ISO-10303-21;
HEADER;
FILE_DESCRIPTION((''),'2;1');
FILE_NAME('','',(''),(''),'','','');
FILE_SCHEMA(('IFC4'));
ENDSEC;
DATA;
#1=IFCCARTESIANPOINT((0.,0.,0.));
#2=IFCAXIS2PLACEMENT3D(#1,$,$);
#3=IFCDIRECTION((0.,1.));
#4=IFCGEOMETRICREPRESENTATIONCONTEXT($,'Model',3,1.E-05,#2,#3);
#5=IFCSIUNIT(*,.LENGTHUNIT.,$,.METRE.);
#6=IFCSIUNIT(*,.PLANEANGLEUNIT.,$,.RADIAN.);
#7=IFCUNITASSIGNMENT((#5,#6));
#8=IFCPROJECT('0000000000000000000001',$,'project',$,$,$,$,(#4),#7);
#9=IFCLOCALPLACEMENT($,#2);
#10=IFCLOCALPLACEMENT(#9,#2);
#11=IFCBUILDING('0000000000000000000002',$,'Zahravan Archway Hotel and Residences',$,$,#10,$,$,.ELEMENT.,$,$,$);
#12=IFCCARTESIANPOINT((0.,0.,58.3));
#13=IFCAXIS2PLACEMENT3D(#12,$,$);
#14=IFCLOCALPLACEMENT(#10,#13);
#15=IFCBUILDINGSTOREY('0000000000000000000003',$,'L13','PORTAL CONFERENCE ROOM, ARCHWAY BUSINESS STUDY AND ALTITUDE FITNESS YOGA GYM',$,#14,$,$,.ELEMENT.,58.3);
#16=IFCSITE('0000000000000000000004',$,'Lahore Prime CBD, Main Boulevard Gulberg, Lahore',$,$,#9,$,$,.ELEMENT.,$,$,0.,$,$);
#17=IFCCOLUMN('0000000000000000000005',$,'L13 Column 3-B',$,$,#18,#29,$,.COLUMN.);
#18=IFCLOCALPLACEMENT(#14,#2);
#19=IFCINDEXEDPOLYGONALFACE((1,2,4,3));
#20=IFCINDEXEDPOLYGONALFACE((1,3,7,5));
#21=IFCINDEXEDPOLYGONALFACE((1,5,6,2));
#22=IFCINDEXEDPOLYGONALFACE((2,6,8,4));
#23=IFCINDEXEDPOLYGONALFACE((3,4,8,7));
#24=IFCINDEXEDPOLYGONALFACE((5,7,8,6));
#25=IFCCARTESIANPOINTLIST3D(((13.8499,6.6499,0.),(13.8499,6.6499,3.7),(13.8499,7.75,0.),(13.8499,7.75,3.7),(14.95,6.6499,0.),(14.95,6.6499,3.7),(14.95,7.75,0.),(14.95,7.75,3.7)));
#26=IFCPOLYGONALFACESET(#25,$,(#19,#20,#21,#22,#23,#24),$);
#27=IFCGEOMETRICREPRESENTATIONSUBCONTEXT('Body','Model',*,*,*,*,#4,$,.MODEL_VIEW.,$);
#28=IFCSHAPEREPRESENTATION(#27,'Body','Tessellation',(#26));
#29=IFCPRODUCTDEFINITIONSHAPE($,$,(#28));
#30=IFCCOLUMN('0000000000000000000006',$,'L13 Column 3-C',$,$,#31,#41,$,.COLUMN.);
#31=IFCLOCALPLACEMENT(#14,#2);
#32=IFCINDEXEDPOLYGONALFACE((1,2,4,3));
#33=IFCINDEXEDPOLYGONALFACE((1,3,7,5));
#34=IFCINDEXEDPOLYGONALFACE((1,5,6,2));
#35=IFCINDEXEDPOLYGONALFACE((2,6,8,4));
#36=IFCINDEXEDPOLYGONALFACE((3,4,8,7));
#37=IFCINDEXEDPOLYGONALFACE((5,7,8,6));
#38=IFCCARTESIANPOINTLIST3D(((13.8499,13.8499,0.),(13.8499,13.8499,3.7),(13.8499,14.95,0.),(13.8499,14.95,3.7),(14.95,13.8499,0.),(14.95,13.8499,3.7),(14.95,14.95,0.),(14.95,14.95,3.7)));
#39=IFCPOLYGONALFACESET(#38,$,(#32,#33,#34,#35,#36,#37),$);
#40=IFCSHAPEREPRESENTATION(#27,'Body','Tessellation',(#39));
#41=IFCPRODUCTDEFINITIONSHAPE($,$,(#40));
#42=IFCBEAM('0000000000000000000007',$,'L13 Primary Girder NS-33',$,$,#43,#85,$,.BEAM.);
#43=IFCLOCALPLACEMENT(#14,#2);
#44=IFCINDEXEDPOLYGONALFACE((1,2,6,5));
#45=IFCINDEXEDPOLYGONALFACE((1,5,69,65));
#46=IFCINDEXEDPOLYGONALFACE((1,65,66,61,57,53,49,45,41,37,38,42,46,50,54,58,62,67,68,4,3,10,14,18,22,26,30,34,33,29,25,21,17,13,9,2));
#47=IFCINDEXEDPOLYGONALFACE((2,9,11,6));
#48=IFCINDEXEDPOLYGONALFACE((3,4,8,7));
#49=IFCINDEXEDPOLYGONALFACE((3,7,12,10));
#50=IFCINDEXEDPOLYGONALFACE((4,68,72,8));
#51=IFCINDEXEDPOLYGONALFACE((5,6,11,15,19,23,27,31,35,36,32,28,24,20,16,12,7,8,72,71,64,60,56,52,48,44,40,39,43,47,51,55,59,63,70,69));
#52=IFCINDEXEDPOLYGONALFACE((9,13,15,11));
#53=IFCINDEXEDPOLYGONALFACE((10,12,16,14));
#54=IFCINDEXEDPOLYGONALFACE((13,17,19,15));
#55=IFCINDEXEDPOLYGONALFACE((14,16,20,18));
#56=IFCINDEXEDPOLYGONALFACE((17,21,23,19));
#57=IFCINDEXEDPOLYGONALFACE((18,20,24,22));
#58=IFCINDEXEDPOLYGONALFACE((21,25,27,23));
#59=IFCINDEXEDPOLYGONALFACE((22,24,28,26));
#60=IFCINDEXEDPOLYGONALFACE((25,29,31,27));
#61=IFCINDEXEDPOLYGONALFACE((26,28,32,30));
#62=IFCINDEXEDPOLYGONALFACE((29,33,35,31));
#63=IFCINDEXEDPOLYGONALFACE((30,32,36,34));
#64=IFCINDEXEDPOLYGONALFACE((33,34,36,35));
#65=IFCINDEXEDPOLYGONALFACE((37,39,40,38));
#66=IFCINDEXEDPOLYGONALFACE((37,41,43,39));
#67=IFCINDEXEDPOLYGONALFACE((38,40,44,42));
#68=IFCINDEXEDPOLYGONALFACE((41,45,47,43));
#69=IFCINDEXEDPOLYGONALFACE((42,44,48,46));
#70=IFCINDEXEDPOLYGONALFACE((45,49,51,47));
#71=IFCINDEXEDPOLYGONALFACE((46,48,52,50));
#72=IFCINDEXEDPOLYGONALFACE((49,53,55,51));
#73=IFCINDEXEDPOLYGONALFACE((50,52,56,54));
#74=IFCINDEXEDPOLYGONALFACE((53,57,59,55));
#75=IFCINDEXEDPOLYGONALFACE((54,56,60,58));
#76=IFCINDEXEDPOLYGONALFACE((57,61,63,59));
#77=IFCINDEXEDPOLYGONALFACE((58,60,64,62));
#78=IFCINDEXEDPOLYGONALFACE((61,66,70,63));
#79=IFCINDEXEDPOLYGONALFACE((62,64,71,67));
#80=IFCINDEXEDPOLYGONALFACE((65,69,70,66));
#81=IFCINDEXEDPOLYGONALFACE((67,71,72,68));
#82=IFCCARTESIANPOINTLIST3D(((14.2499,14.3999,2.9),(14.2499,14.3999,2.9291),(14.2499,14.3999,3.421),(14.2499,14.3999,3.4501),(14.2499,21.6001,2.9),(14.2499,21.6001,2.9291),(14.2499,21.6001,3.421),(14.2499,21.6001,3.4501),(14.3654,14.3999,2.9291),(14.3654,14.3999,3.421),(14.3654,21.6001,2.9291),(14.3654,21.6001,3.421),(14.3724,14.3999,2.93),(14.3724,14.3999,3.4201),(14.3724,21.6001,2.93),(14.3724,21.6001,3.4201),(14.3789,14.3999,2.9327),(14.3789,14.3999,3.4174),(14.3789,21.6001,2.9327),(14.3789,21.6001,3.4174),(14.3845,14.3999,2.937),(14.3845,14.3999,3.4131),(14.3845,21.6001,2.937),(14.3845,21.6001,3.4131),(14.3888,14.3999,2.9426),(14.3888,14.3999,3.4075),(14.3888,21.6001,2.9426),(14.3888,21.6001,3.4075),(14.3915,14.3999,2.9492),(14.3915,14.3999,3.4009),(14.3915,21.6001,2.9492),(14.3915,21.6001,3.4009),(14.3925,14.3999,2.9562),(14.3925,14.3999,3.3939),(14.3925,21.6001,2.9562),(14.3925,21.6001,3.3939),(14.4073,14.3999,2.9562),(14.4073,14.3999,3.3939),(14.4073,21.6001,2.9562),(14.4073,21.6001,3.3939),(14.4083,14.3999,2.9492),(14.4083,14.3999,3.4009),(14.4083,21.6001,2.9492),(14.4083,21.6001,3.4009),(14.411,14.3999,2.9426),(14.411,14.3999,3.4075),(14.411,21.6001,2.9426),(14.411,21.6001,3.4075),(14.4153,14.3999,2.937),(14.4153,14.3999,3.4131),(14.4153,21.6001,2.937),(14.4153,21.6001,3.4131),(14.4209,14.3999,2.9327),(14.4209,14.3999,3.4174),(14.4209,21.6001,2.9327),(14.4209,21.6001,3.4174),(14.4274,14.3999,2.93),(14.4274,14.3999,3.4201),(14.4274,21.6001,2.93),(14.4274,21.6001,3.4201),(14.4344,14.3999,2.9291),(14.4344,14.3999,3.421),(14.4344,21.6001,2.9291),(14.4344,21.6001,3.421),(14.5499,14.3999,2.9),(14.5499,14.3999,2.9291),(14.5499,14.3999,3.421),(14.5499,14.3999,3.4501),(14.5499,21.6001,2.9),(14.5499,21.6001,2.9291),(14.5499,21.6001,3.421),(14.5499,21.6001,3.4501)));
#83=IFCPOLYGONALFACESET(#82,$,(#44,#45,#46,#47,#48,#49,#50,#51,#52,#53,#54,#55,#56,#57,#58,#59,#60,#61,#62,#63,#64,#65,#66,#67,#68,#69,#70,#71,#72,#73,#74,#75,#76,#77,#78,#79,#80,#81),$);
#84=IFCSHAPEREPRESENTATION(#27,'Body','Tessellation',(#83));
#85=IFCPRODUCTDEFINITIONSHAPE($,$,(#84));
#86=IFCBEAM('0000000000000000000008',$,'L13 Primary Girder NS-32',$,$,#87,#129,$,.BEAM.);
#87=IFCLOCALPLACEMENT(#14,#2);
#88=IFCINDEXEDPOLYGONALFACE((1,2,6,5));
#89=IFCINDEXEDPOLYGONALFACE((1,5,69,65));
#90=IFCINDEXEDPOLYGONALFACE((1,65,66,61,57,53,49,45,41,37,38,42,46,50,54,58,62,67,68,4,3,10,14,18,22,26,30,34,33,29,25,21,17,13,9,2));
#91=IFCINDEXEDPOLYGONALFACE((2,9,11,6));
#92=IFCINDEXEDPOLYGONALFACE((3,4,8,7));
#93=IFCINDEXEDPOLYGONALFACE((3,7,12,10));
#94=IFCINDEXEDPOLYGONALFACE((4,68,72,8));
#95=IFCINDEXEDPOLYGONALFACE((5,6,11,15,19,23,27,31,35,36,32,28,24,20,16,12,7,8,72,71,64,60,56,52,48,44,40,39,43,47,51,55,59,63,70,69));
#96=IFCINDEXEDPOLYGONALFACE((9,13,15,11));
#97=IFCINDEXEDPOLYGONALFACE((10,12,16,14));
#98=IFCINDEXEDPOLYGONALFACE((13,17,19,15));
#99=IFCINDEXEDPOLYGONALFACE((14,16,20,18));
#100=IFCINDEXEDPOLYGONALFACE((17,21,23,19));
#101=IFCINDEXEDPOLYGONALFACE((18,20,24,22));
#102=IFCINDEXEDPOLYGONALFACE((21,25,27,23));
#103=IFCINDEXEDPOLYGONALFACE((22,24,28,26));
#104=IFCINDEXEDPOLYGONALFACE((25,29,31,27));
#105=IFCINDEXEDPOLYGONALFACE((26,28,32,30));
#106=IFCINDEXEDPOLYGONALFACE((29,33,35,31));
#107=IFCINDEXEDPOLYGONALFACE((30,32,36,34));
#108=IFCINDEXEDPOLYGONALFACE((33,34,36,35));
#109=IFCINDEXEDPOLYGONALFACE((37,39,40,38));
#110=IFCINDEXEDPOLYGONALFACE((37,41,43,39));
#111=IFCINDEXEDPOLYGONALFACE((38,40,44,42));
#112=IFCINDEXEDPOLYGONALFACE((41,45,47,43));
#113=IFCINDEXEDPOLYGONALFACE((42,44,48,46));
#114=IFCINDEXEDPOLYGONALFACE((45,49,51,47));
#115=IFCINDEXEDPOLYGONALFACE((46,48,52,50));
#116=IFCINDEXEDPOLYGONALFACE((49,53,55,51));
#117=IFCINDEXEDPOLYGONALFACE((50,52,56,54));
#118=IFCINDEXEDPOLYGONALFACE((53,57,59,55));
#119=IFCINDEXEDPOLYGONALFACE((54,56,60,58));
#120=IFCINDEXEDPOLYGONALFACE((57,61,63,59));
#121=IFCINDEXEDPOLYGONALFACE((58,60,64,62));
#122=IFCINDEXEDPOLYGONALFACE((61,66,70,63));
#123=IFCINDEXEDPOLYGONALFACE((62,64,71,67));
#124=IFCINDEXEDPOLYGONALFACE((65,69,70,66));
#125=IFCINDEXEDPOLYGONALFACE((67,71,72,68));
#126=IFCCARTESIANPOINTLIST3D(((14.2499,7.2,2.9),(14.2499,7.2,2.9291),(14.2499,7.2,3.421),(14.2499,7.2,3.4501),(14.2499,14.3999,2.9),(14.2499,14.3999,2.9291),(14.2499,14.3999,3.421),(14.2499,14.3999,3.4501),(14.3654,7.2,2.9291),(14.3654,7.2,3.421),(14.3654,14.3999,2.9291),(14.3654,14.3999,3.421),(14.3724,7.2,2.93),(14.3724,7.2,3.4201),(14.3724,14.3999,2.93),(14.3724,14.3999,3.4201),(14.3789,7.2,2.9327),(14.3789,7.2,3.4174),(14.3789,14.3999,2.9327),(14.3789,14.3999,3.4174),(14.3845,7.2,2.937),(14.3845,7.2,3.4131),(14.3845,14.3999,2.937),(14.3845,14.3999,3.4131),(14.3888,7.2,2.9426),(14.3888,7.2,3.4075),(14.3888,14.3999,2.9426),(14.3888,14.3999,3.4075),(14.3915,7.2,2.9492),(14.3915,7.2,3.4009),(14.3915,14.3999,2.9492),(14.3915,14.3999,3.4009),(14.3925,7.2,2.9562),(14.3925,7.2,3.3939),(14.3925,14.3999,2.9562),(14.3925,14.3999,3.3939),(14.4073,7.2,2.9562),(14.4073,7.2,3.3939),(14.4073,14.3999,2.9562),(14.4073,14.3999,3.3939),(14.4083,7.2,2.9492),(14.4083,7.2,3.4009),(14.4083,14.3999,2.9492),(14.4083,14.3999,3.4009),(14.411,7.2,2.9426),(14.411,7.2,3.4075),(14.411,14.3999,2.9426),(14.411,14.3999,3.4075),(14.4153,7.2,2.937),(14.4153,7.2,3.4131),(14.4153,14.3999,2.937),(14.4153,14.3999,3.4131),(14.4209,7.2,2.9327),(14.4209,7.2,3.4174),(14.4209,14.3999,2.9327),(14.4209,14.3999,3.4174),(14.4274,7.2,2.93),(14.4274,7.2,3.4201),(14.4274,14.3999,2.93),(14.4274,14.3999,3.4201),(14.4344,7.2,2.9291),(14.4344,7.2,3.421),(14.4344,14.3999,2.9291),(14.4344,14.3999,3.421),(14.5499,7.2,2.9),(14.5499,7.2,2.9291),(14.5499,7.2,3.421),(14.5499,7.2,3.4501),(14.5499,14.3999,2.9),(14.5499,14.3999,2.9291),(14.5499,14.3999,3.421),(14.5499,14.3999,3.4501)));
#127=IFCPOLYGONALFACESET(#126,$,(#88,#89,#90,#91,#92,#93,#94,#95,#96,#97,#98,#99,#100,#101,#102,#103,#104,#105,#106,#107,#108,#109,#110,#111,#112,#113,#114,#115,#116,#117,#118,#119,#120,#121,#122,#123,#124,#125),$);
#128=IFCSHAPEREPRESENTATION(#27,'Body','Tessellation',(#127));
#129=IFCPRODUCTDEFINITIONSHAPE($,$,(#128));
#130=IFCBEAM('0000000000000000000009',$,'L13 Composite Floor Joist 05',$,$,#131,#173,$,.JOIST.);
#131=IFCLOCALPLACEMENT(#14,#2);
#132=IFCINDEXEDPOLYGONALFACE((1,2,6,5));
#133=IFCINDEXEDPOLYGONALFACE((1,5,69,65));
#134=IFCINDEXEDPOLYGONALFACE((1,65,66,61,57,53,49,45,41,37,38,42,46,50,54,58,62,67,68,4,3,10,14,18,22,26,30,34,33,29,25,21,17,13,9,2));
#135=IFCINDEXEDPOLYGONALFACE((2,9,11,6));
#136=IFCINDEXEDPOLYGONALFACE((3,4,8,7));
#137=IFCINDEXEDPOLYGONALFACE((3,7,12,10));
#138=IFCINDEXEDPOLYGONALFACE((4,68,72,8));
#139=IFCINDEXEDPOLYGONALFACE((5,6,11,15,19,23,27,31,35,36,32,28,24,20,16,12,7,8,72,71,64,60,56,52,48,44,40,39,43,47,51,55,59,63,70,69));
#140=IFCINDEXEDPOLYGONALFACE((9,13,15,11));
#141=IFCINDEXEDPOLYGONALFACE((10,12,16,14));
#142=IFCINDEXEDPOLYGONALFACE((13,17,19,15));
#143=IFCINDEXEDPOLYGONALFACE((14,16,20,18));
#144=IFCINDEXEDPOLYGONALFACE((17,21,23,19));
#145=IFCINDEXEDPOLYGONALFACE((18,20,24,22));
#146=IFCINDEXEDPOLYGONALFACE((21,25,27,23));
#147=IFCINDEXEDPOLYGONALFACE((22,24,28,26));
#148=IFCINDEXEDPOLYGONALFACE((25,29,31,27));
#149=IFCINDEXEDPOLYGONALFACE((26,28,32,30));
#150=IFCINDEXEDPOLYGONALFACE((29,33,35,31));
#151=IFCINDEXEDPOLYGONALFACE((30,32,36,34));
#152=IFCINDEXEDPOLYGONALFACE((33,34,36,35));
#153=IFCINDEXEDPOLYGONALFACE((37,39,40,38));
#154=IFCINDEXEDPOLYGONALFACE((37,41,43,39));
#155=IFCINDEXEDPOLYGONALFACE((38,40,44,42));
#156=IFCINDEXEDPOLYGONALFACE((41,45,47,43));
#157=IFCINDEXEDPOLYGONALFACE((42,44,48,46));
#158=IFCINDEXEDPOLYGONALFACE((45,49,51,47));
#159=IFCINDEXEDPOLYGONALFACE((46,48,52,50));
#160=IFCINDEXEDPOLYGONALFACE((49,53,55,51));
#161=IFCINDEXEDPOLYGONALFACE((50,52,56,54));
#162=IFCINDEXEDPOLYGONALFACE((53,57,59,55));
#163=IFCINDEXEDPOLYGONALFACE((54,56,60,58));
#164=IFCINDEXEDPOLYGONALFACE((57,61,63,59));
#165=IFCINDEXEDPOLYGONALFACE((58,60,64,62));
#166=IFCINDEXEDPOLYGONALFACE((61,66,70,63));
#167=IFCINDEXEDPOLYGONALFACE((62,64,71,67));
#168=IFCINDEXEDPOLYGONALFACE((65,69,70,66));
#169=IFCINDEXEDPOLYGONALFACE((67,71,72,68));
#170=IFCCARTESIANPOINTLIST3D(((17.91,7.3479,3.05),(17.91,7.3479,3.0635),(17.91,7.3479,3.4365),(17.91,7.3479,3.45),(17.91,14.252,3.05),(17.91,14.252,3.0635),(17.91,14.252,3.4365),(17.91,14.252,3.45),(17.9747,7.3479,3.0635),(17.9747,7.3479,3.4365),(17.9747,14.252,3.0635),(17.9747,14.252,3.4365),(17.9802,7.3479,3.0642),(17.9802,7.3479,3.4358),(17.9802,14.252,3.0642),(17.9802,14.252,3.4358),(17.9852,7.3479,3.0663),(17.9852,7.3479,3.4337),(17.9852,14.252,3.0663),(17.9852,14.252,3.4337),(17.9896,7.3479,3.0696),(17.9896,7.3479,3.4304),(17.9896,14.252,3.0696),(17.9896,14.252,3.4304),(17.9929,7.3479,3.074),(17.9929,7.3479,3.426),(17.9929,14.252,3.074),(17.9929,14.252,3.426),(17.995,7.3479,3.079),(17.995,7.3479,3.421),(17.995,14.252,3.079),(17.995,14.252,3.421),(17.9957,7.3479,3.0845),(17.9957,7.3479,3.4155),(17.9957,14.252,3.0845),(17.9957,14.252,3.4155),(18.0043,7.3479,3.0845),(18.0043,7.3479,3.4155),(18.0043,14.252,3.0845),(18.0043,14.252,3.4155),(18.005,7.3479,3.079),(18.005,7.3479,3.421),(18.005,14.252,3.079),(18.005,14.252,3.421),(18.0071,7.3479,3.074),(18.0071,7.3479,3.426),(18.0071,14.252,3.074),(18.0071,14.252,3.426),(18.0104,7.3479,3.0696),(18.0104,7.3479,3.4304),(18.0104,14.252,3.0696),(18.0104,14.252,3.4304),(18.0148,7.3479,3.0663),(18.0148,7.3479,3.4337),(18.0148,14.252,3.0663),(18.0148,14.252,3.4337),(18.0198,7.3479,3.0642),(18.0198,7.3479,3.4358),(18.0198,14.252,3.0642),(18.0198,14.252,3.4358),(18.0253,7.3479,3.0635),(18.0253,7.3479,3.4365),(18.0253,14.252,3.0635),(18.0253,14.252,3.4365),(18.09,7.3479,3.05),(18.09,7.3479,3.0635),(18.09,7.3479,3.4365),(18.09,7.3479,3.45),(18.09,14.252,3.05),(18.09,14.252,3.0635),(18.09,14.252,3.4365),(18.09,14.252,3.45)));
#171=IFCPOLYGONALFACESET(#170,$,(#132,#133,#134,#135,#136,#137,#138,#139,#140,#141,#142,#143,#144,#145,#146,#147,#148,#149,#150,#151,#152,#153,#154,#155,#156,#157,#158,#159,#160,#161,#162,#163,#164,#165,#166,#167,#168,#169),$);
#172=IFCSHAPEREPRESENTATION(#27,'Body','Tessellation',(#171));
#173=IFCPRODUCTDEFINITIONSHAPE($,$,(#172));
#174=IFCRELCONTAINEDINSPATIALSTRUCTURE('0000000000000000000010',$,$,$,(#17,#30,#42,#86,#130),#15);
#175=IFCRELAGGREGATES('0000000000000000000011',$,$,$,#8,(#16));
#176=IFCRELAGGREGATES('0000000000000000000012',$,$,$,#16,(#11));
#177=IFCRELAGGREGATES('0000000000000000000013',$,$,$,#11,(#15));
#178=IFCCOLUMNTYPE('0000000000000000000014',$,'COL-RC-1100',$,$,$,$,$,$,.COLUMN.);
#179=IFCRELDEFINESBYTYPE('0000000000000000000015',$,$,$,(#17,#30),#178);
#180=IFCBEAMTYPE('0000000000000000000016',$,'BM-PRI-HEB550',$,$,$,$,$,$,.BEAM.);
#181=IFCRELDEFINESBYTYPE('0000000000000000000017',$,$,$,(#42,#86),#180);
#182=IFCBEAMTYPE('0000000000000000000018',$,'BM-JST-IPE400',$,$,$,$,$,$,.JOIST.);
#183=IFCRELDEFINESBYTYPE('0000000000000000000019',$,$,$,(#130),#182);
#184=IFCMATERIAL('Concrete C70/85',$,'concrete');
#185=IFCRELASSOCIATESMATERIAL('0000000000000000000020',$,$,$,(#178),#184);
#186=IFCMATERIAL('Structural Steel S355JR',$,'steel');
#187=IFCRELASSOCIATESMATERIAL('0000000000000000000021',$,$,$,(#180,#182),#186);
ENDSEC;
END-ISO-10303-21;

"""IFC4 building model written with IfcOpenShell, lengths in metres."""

from ifc_helpers import new_model, si_unit, direction, frame, origin, origin_2d, place, context, subcontext, project, spatial, rectangle, i_section, extrude, source, transform, mapped, material, material_profile, profile_set, type_object, type_shapes, element, save


model = new_model("IFC4")

# Units and contexts
model_context = context("Model", 3, precision=1e-05, world=origin(), true_north=direction((0.0, 1.0)))
body_context = subcontext(model_context, "Body", "Model", "MODEL_VIEW")
ifc_project = project(units=[si_unit("LENGTHUNIT", "METRE"), si_unit("PLANEANGLEUNIT", "RADIAN")], contexts=[model_context])

# Site, building, storey
site_placement = place(None, origin())
site = spatial("IfcSite", under=ifc_project, at=site_placement, Name="Lahore Prime CBD, Main Boulevard Gulberg, Lahore", CompositionType="ELEMENT", RefElevation=0.0)
building_placement = place(site_placement, origin())
building = spatial("IfcBuilding", under=site, at=building_placement, Name="Zahravan Archway Hotel and Residences", CompositionType="ELEMENT")
storey_placement = place(building_placement, frame((0.0, 0.0, 58.3)))
storey = spatial("IfcBuildingStorey", under=building, at=storey_placement, Name="L13", Description="PORTAL CONFERENCE ROOM, ARCHWAY BUSINESS STUDY AND ALTITUDE FITNESS YOGA GYM", CompositionType="ELEMENT", Elevation=58.3)

# Columns
ifc_material_1 = material(Name="Concrete C70/85", Category="concrete")
ifc_material_profile_1 = material_profile(ifc_material_1, rectangle(XDim=1.1001, YDim=1.1001, at=origin_2d()), Name="RC 1100x1100", Category="concrete")
ifc_profile_set_1 = profile_set([ifc_material_profile_1], Name="Concrete C70/85")
column_type = type_object("IfcColumnType", Name="COL-RC-1100", PredefinedType="COLUMN", material=ifc_profile_set_1)
shared_shape_1 = source(origin(), body_context, "Body", "SweptSolid", [
    extrude(rectangle(XDim=1.1001, YDim=1.1001, at=origin_2d()), origin(), (0.0, 0.0, 1.0), 3.7),
])
for number, where, z_axis, x_axis, name in (
    (1, (14.3999, 7.2, 0.0), (0.0, 0.0, 1.0), (1.0, 0.0, 0.0), "L13 Column 3-B"),
    (2, (14.3999, 14.3999, 0.0), (0.0, 0.0, 1.0), (1.0, 0.0, 0.0), "L13 Column 3-C"),
):
    element("IfcColumn", number, at=place(storey_placement, frame(where, z_axis=z_axis, x_axis=x_axis)), inside=storey, type_object=column_type, Name=name, PredefinedType="COLUMN", context=body_context, shape_type="MappedRepresentation", body=[
        mapped(shared_shape_1, transform((0.0, 0.0, 0.0), scale=1.0)),
    ])

# Beams
ifc_material_2 = material(Name="Structural Steel S355JR", Category="steel")
ifc_material_profile_2 = material_profile(ifc_material_2, i_section(OverallWidth=0.3, OverallDepth=0.55, WebThickness=0.0149, FlangeThickness=0.0291, FilletRadius=0.0271, at=origin_2d()), Name="HEB 550", Category="steel")
ifc_profile_set_2 = profile_set([ifc_material_profile_2], Name="Structural Steel S355JR")
beam_type_1 = type_object("IfcBeamType", Name="BM-PRI-HEB550", PredefinedType="BEAM", material=ifc_profile_set_2)
shared_shape_2 = source(origin(), body_context, "Body", "SweptSolid", [
    extrude(i_section(OverallWidth=0.3, OverallDepth=0.55, WebThickness=0.0149, FlangeThickness=0.0291, FilletRadius=0.0271, at=origin_2d()), origin(), (0.0, 0.0, 1.0), 7.2002),
])
type_shapes(beam_type_1, [shared_shape_2])
beam_1_placement = place(storey_placement, frame((14.3999, 14.3999, 3.175), z_axis=(0.0, 1.0, 0.0), x_axis=(-1.0, 0.0, 0.0)))
element("IfcBeam", 3, at=beam_1_placement, inside=storey, type_object=beam_type_1, Name="L13 Primary Girder NS-33", PredefinedType="BEAM", context=body_context, shape_type="MappedRepresentation", body=[
    mapped(shared_shape_2, transform((0.0, 0.0, 0.0), scale=1.0)),
])
shared_shape_3 = source(origin(), body_context, "Body", "SweptSolid", [
    extrude(i_section(OverallWidth=0.3, OverallDepth=0.55, WebThickness=0.0149, FlangeThickness=0.0291, FilletRadius=0.0271, at=origin_2d()), origin(), (0.0, 0.0, 1.0), 7.2),
])
beam_2_placement = place(storey_placement, frame((14.3999, 7.2, 3.175), z_axis=(0.0, 1.0, 0.0), x_axis=(-1.0, 0.0, 0.0)))
element("IfcBeam", 4, at=beam_2_placement, inside=storey, type_object=beam_type_1, Name="L13 Primary Girder NS-32", PredefinedType="BEAM", context=body_context, shape_type="MappedRepresentation", body=[
    mapped(shared_shape_3, transform((0.0, 0.0, 0.0), scale=1.0)),
])
ifc_material_profile_3 = material_profile(ifc_material_2, i_section(OverallWidth=0.1799, OverallDepth=0.3999, WebThickness=0.0085, FlangeThickness=0.0134, FilletRadius=0.021, at=origin_2d()), Name="IPE 400", Category="steel")
ifc_profile_set_3 = profile_set([ifc_material_profile_3], Name="Structural Steel S355JR")
beam_type_2 = type_object("IfcBeamType", Name="BM-JST-IPE400", PredefinedType="JOIST", material=ifc_profile_set_3)
shared_shape_4 = source(origin(), body_context, "Body", "SweptSolid", [
    extrude(i_section(OverallWidth=0.1799, OverallDepth=0.3999, WebThickness=0.0085, FlangeThickness=0.0134, FilletRadius=0.021, at=origin_2d()), origin(), (0.0, 0.0, 1.0), 6.9041),
])
type_shapes(beam_type_2, [shared_shape_4])
beam_3_placement = place(storey_placement, frame((18.0, 7.3479, 3.25), z_axis=(0.0, 1.0, 0.0), x_axis=(-1.0, 0.0, 0.0)))
element("IfcBeam", 5, at=beam_3_placement, inside=storey, type_object=beam_type_2, Name="L13 Composite Floor Joist 05", PredefinedType="JOIST", context=body_context, shape_type="MappedRepresentation", body=[
    mapped(shared_shape_4, transform((0.0, 0.0, 0.0), scale=1.0)),
])

save(model, "model.ifc")
